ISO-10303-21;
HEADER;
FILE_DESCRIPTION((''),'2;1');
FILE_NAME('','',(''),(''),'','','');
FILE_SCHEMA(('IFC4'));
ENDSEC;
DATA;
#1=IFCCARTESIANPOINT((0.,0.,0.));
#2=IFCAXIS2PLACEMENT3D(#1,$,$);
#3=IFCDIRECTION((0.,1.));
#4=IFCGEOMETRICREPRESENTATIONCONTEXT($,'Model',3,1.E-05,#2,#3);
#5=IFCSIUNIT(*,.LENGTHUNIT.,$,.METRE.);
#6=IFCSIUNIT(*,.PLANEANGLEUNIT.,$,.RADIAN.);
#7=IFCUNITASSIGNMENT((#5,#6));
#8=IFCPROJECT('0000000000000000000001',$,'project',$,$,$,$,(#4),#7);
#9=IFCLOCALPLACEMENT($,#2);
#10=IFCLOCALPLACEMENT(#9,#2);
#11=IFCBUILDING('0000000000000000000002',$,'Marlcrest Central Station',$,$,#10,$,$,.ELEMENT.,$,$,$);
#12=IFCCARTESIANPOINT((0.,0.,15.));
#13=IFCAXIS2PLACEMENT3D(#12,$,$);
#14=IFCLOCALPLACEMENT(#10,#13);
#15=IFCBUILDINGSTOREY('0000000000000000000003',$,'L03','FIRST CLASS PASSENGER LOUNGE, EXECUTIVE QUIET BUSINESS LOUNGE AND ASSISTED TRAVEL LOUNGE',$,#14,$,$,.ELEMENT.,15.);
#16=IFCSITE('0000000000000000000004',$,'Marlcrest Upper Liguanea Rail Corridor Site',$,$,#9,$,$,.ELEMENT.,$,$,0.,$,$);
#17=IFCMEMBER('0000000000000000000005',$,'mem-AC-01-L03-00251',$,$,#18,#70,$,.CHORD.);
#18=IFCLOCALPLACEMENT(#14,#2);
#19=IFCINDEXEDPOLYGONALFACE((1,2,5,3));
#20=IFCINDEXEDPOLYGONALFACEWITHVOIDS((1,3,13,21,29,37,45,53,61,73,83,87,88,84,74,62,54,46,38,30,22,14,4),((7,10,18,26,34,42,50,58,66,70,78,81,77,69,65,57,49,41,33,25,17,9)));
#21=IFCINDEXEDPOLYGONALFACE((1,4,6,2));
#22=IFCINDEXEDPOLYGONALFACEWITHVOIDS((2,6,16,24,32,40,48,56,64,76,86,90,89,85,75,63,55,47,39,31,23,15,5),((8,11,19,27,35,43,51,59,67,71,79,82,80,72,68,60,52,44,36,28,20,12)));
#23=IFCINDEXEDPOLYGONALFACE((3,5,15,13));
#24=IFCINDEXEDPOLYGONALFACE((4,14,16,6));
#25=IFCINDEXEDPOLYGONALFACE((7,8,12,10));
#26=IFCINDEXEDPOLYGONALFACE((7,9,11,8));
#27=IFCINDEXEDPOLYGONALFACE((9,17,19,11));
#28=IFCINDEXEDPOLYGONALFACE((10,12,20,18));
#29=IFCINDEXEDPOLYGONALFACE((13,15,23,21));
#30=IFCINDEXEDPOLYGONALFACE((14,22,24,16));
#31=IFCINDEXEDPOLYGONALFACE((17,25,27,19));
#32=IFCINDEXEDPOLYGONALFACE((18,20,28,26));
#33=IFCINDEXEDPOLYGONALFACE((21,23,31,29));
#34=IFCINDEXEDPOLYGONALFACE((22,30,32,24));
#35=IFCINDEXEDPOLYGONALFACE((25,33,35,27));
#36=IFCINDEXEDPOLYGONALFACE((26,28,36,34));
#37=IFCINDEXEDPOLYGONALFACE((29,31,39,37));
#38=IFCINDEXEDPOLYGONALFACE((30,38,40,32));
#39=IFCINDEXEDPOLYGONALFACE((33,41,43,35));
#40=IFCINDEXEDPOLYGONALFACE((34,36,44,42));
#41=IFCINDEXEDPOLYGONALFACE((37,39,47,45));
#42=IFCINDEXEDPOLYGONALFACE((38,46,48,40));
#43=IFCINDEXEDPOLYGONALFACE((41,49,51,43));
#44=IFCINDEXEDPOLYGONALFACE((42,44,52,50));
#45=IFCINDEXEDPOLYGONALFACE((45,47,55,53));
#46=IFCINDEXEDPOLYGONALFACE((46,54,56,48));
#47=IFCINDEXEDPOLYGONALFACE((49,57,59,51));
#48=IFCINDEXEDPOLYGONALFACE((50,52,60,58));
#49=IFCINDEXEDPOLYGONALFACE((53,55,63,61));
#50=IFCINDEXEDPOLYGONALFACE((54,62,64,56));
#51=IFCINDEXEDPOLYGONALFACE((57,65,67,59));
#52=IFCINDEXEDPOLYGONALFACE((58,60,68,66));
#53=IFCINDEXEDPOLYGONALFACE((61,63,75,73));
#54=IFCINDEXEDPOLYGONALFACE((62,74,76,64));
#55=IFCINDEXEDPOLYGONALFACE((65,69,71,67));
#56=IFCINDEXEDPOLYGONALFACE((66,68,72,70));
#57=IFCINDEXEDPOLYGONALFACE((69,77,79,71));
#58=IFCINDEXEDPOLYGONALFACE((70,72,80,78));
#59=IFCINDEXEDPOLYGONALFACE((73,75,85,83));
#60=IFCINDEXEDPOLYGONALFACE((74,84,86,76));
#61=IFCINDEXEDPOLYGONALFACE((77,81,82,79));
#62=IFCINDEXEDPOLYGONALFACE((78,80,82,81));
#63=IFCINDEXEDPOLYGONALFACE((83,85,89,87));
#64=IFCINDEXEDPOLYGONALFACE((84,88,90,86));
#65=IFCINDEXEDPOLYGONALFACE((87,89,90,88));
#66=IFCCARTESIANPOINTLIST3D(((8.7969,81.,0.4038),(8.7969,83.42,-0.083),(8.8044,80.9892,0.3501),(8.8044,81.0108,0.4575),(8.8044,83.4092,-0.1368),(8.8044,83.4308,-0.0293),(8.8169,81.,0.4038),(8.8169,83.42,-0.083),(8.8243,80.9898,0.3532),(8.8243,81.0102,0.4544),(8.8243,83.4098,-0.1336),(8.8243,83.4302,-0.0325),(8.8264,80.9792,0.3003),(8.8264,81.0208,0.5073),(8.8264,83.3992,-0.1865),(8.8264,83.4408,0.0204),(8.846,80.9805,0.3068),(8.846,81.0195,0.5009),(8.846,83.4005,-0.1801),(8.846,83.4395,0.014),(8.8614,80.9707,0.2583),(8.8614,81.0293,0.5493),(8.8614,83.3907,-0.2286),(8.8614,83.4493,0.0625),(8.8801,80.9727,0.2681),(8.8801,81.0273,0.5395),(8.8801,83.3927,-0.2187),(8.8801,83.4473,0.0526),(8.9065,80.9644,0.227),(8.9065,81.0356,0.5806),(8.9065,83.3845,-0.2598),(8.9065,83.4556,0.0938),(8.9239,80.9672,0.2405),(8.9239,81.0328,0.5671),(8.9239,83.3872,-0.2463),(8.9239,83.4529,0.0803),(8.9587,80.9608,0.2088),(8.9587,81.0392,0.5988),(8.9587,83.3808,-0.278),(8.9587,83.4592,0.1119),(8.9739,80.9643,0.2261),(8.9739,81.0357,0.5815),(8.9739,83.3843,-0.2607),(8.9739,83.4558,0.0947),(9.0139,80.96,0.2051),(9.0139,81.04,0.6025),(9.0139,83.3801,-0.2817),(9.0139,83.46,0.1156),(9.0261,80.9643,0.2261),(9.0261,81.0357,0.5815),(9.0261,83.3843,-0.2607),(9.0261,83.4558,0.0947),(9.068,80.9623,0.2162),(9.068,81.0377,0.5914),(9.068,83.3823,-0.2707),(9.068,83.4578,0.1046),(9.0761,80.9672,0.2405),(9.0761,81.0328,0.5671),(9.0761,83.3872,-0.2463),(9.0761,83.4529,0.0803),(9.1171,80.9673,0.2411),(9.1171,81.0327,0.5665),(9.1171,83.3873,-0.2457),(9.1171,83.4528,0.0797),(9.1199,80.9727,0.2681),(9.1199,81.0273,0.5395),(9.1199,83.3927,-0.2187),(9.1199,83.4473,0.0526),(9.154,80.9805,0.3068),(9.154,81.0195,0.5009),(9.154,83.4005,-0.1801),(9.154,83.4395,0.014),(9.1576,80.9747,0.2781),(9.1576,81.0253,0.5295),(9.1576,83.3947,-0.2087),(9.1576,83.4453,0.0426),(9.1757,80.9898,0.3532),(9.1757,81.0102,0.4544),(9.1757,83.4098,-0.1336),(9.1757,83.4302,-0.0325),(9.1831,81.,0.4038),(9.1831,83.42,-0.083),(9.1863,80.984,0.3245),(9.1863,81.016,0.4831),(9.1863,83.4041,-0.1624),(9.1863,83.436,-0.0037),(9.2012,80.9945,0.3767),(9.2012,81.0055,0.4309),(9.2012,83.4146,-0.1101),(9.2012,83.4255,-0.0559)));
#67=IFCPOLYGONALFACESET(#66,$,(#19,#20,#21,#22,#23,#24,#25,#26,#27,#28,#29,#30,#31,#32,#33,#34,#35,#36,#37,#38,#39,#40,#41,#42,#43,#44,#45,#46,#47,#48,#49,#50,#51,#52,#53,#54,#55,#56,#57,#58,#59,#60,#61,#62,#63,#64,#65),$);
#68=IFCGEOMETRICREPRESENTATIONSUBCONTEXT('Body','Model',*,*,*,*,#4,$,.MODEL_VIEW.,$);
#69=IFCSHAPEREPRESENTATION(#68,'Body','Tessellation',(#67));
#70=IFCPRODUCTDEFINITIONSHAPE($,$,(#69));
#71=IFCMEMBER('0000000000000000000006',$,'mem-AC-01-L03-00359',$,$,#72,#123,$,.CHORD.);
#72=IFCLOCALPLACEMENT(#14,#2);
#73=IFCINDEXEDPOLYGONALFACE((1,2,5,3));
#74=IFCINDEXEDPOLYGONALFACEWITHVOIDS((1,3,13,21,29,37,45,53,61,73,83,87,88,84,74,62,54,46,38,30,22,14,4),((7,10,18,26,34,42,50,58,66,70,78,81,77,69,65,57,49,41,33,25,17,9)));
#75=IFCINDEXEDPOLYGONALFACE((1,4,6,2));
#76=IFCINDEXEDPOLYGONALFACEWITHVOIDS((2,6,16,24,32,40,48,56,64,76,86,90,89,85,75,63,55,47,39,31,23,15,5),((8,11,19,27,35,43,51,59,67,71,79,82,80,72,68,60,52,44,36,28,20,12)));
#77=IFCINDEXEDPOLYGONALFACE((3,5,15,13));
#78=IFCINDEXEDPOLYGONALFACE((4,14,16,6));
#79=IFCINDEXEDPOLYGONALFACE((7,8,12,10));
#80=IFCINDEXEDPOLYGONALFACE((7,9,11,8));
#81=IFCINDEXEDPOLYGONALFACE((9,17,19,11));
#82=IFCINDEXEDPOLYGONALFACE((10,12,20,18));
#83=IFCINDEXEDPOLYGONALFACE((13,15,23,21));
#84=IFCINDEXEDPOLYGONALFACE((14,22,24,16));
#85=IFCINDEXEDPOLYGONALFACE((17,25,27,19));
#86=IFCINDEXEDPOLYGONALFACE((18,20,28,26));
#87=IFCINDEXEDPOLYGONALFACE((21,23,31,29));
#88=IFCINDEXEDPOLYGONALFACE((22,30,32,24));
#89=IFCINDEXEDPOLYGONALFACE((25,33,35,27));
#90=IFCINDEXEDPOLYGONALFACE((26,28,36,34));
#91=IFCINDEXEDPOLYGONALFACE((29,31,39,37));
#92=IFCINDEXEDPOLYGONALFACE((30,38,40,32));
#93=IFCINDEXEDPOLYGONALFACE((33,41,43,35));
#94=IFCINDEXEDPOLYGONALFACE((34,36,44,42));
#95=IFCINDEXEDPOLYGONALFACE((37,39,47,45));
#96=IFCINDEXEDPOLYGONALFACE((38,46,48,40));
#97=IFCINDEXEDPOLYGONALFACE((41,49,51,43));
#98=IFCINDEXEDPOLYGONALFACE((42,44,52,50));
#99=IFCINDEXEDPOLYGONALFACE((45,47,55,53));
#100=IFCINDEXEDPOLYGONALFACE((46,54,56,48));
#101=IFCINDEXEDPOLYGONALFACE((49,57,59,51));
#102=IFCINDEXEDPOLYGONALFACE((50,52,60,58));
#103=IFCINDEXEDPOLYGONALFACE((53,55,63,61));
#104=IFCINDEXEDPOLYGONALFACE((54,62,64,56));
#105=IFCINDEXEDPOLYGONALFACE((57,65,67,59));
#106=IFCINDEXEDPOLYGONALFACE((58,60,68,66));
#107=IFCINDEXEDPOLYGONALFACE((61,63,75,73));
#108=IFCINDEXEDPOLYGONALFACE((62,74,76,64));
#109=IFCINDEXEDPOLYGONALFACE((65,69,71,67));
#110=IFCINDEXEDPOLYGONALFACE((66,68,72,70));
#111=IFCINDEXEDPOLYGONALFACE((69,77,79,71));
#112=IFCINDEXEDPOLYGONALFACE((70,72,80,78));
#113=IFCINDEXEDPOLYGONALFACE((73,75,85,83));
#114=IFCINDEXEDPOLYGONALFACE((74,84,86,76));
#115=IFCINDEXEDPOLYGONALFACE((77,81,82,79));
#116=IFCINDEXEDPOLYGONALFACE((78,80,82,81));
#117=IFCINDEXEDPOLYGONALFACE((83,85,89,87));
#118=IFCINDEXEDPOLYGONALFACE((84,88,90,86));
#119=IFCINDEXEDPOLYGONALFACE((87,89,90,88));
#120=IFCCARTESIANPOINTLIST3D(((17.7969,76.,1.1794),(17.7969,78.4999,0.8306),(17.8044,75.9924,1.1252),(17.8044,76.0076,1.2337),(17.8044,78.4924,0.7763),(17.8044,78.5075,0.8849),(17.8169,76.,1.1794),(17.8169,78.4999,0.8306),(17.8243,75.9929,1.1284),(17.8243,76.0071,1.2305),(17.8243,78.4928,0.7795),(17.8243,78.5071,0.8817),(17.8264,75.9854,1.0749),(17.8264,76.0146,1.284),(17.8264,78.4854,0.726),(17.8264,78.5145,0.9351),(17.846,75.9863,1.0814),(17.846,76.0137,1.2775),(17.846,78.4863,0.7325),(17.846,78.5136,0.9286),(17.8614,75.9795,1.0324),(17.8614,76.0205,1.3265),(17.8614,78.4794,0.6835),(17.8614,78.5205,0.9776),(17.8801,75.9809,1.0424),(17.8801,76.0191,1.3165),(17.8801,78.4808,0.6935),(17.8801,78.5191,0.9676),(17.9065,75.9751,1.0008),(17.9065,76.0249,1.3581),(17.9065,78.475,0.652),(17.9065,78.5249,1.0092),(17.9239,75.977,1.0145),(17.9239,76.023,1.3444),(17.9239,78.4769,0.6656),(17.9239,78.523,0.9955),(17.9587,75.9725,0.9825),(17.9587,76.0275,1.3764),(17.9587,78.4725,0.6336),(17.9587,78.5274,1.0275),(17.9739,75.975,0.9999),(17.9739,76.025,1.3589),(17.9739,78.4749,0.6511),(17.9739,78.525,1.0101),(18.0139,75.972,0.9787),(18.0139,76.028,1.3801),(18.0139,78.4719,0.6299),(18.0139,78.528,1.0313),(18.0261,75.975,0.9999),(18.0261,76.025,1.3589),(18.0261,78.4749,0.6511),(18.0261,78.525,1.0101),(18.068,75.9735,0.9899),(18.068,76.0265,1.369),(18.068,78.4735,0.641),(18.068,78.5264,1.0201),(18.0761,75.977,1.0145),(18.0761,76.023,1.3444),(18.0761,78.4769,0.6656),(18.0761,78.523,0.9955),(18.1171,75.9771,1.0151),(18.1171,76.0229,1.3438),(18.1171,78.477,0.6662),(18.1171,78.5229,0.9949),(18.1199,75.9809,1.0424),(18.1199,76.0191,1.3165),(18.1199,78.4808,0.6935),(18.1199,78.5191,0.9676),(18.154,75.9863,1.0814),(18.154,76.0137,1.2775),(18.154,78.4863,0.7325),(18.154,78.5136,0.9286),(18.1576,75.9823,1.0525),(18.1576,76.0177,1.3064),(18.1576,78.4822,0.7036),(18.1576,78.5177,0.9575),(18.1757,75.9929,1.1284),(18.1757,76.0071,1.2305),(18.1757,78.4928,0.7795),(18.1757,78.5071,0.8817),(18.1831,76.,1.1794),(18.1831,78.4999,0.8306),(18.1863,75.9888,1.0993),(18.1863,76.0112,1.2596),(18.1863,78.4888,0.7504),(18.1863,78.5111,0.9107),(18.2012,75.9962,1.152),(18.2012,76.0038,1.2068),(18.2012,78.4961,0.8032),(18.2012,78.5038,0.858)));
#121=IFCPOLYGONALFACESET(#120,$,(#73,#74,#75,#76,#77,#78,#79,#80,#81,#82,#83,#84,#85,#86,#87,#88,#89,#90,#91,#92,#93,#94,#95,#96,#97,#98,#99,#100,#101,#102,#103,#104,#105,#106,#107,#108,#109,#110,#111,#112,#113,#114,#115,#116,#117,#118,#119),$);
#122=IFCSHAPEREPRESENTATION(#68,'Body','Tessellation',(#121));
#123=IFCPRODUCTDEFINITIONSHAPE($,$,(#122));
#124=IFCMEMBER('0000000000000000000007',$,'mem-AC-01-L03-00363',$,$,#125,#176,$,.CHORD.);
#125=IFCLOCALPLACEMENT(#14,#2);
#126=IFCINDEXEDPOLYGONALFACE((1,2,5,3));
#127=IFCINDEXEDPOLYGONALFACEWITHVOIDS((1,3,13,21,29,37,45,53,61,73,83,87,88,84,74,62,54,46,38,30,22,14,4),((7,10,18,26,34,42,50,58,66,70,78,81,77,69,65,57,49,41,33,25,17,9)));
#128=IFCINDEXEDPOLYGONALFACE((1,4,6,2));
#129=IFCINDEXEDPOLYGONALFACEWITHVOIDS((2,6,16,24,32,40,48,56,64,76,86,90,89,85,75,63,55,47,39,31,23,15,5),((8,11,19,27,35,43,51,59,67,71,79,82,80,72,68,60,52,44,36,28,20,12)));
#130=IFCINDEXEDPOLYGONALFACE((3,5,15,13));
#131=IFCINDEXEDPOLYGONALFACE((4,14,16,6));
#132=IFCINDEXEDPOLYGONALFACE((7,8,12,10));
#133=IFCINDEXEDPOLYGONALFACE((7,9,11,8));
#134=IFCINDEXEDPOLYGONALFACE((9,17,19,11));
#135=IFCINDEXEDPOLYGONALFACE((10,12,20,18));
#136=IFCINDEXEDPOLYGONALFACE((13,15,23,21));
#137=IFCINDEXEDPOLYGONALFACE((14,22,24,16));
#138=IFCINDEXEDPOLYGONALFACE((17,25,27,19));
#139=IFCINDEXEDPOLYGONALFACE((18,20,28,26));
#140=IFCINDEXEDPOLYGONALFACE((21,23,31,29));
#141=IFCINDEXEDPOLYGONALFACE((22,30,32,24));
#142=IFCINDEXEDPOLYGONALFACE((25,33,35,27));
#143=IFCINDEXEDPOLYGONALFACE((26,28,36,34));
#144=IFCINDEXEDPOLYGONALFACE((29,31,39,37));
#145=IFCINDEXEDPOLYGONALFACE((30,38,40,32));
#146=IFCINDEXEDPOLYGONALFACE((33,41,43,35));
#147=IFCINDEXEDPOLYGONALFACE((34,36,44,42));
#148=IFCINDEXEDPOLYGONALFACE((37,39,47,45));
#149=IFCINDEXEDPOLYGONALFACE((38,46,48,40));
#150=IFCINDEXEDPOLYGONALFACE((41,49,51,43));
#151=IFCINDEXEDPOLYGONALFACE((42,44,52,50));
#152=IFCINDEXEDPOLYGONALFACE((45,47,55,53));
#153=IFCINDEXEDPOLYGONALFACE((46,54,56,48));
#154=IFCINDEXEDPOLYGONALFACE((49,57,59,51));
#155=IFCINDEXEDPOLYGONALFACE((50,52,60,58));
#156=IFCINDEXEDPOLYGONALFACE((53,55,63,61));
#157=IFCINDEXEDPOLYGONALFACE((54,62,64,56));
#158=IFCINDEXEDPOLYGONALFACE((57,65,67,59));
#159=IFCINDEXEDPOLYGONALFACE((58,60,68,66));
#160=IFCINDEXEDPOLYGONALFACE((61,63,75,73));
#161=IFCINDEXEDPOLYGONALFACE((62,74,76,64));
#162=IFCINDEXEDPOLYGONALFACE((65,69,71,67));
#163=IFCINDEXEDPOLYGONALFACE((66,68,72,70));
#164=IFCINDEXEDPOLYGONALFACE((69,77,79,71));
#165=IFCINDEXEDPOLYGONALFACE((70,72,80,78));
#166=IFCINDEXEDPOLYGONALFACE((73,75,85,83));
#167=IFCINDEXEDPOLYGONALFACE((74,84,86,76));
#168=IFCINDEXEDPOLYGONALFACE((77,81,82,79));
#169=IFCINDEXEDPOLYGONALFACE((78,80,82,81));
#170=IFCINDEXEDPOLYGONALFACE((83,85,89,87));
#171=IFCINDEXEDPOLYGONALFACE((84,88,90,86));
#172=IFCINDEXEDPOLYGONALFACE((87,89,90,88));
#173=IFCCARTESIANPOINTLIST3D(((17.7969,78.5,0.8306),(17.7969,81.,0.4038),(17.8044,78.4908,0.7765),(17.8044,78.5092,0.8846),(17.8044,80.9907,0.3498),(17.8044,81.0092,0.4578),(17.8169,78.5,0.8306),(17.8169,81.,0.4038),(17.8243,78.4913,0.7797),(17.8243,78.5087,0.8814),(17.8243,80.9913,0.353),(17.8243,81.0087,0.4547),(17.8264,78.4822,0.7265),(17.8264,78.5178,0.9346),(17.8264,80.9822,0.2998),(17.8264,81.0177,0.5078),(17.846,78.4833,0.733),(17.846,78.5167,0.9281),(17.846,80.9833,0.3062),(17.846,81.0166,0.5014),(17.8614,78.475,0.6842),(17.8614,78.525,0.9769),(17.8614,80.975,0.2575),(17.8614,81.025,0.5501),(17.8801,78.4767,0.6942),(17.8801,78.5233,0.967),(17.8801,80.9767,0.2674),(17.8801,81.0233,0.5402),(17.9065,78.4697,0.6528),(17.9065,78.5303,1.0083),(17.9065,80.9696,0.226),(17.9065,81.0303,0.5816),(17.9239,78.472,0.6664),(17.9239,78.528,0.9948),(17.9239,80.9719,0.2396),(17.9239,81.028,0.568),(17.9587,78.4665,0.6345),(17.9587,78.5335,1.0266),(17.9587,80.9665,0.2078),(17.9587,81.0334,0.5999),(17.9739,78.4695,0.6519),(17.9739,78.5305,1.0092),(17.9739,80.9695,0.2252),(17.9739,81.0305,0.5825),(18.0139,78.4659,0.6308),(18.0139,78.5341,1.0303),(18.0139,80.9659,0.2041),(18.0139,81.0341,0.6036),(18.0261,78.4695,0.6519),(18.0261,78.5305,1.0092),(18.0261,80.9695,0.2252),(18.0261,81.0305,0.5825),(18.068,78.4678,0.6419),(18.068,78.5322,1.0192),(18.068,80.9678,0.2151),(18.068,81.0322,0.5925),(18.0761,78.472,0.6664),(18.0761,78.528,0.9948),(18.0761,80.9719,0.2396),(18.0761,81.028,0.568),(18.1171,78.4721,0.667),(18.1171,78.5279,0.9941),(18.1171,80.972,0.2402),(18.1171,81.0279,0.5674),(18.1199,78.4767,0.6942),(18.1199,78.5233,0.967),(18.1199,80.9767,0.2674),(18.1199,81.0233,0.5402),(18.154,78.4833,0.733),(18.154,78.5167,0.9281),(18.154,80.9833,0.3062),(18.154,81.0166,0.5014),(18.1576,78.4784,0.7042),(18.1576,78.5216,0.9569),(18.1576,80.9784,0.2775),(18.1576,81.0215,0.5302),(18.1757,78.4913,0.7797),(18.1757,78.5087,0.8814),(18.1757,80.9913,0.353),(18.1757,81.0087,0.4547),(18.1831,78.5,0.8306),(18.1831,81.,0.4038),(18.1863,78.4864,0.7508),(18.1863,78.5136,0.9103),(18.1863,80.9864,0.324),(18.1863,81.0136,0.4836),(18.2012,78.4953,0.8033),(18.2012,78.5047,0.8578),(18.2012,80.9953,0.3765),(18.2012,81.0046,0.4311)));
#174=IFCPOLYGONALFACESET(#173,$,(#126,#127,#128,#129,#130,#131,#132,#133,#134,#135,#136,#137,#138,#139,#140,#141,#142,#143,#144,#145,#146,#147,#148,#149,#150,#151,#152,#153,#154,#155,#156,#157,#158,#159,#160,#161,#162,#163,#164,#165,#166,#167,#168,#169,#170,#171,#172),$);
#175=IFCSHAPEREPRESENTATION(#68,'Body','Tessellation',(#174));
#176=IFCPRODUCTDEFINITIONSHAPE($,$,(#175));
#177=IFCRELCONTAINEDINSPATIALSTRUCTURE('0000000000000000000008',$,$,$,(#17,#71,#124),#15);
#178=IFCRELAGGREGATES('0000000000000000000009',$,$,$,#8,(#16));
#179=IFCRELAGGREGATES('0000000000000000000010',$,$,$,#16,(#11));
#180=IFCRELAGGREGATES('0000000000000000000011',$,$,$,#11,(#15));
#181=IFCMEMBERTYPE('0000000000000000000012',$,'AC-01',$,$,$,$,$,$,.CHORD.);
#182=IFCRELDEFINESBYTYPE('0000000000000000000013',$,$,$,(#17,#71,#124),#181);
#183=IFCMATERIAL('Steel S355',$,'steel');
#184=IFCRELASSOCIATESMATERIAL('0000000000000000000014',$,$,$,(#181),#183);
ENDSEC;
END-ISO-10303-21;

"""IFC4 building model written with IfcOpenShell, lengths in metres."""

from ifc_helpers import new_model, si_unit, direction, frame, origin, origin_2d, place, context, subcontext, project, spatial, hollow_circle, extrude, material, material_profile, profile_set, type_object, element, save


model = new_model("IFC4")

# Units and contexts
model_context = context("Model", 3, precision=1e-05, world=origin(), true_north=direction((0.0, 1.0)))
body_context = subcontext(model_context, "Body", "Model", "MODEL_VIEW")
ifc_project = project(units=[si_unit("LENGTHUNIT", "METRE"), si_unit("PLANEANGLEUNIT", "RADIAN")], contexts=[model_context])

# Site, building, storey
site_placement = place(None, origin())
site = spatial("IfcSite", under=ifc_project, at=site_placement, Name="Marlcrest Upper Liguanea Rail Corridor Site", CompositionType="ELEMENT", RefElevation=0.0)
building_placement = place(site_placement, origin())
building = spatial("IfcBuilding", under=site, at=building_placement, Name="Marlcrest Central Station", CompositionType="ELEMENT")
storey_placement = place(building_placement, frame((0.0, 0.0, 15.0)))
storey = spatial("IfcBuildingStorey", under=building, at=storey_placement, Name="L03", Description="FIRST CLASS PASSENGER LOUNGE, EXECUTIVE QUIET BUSINESS LOUNGE AND ASSISTED TRAVEL LOUNGE", CompositionType="ELEMENT", Elevation=15.0)

# Shared definitions
ifc_material_1 = material(Name="Steel S355", Category="steel")

# Members
ifc_material_profile_1 = material_profile(ifc_material_1, hollow_circle(Radius=0.2031, WallThickness=0.02, at=origin_2d()), Name="CHS 406.4x20")
ifc_profile_set_1 = profile_set([ifc_material_profile_1], Name="Steel S355")
member_type_1 = type_object("IfcMemberType", Name="AC-01", PredefinedType="CHORD", material=ifc_profile_set_1)
member_1_placement = place(storey_placement, frame((9.0, 81.0, 0.4038), z_axis=(0.0, 0.980359, -0.197219), x_axis=(-1.0, 0.0, 0.0)))
element("IfcMember", 1, at=member_1_placement, inside=storey, type_object=member_type_1, Name="mem-AC-01-L03-00251", PredefinedType="CHORD", context=body_context, shape_type="SweptSolid", body=[
    extrude(hollow_circle(Radius=0.2031, WallThickness=0.02, at=origin_2d()), origin(), (0.0, 0.0, 1.0), 2.4685),
])
member_2_placement = place(storey_placement, frame((18.0, 76.0, 1.1794), z_axis=(0.0, 0.990403, -0.138211), x_axis=(-1.0, 0.0, 0.0)))
element("IfcMember", 2, at=member_2_placement, inside=storey, type_object=member_type_1, Name="mem-AC-01-L03-00359", PredefinedType="CHORD", context=body_context, shape_type="SweptSolid", body=[
    extrude(hollow_circle(Radius=0.2031, WallThickness=0.02, at=origin_2d()), origin(), (0.0, 0.0, 1.0), 2.5242),
])
member_3_placement = place(storey_placement, frame((18.0, 78.5, 0.8306), z_axis=(0.0, 0.985741, -0.168269), x_axis=(-1.0, 0.0, 0.0)))
element("IfcMember", 3, at=member_3_placement, inside=storey, type_object=member_type_1, Name="mem-AC-01-L03-00363", PredefinedType="CHORD", context=body_context, shape_type="SweptSolid", body=[
    extrude(hollow_circle(Radius=0.2031, WallThickness=0.02, at=origin_2d()), origin(), (0.0, 0.0, 1.0), 2.5361),
])

save(model, "model.ifc")
